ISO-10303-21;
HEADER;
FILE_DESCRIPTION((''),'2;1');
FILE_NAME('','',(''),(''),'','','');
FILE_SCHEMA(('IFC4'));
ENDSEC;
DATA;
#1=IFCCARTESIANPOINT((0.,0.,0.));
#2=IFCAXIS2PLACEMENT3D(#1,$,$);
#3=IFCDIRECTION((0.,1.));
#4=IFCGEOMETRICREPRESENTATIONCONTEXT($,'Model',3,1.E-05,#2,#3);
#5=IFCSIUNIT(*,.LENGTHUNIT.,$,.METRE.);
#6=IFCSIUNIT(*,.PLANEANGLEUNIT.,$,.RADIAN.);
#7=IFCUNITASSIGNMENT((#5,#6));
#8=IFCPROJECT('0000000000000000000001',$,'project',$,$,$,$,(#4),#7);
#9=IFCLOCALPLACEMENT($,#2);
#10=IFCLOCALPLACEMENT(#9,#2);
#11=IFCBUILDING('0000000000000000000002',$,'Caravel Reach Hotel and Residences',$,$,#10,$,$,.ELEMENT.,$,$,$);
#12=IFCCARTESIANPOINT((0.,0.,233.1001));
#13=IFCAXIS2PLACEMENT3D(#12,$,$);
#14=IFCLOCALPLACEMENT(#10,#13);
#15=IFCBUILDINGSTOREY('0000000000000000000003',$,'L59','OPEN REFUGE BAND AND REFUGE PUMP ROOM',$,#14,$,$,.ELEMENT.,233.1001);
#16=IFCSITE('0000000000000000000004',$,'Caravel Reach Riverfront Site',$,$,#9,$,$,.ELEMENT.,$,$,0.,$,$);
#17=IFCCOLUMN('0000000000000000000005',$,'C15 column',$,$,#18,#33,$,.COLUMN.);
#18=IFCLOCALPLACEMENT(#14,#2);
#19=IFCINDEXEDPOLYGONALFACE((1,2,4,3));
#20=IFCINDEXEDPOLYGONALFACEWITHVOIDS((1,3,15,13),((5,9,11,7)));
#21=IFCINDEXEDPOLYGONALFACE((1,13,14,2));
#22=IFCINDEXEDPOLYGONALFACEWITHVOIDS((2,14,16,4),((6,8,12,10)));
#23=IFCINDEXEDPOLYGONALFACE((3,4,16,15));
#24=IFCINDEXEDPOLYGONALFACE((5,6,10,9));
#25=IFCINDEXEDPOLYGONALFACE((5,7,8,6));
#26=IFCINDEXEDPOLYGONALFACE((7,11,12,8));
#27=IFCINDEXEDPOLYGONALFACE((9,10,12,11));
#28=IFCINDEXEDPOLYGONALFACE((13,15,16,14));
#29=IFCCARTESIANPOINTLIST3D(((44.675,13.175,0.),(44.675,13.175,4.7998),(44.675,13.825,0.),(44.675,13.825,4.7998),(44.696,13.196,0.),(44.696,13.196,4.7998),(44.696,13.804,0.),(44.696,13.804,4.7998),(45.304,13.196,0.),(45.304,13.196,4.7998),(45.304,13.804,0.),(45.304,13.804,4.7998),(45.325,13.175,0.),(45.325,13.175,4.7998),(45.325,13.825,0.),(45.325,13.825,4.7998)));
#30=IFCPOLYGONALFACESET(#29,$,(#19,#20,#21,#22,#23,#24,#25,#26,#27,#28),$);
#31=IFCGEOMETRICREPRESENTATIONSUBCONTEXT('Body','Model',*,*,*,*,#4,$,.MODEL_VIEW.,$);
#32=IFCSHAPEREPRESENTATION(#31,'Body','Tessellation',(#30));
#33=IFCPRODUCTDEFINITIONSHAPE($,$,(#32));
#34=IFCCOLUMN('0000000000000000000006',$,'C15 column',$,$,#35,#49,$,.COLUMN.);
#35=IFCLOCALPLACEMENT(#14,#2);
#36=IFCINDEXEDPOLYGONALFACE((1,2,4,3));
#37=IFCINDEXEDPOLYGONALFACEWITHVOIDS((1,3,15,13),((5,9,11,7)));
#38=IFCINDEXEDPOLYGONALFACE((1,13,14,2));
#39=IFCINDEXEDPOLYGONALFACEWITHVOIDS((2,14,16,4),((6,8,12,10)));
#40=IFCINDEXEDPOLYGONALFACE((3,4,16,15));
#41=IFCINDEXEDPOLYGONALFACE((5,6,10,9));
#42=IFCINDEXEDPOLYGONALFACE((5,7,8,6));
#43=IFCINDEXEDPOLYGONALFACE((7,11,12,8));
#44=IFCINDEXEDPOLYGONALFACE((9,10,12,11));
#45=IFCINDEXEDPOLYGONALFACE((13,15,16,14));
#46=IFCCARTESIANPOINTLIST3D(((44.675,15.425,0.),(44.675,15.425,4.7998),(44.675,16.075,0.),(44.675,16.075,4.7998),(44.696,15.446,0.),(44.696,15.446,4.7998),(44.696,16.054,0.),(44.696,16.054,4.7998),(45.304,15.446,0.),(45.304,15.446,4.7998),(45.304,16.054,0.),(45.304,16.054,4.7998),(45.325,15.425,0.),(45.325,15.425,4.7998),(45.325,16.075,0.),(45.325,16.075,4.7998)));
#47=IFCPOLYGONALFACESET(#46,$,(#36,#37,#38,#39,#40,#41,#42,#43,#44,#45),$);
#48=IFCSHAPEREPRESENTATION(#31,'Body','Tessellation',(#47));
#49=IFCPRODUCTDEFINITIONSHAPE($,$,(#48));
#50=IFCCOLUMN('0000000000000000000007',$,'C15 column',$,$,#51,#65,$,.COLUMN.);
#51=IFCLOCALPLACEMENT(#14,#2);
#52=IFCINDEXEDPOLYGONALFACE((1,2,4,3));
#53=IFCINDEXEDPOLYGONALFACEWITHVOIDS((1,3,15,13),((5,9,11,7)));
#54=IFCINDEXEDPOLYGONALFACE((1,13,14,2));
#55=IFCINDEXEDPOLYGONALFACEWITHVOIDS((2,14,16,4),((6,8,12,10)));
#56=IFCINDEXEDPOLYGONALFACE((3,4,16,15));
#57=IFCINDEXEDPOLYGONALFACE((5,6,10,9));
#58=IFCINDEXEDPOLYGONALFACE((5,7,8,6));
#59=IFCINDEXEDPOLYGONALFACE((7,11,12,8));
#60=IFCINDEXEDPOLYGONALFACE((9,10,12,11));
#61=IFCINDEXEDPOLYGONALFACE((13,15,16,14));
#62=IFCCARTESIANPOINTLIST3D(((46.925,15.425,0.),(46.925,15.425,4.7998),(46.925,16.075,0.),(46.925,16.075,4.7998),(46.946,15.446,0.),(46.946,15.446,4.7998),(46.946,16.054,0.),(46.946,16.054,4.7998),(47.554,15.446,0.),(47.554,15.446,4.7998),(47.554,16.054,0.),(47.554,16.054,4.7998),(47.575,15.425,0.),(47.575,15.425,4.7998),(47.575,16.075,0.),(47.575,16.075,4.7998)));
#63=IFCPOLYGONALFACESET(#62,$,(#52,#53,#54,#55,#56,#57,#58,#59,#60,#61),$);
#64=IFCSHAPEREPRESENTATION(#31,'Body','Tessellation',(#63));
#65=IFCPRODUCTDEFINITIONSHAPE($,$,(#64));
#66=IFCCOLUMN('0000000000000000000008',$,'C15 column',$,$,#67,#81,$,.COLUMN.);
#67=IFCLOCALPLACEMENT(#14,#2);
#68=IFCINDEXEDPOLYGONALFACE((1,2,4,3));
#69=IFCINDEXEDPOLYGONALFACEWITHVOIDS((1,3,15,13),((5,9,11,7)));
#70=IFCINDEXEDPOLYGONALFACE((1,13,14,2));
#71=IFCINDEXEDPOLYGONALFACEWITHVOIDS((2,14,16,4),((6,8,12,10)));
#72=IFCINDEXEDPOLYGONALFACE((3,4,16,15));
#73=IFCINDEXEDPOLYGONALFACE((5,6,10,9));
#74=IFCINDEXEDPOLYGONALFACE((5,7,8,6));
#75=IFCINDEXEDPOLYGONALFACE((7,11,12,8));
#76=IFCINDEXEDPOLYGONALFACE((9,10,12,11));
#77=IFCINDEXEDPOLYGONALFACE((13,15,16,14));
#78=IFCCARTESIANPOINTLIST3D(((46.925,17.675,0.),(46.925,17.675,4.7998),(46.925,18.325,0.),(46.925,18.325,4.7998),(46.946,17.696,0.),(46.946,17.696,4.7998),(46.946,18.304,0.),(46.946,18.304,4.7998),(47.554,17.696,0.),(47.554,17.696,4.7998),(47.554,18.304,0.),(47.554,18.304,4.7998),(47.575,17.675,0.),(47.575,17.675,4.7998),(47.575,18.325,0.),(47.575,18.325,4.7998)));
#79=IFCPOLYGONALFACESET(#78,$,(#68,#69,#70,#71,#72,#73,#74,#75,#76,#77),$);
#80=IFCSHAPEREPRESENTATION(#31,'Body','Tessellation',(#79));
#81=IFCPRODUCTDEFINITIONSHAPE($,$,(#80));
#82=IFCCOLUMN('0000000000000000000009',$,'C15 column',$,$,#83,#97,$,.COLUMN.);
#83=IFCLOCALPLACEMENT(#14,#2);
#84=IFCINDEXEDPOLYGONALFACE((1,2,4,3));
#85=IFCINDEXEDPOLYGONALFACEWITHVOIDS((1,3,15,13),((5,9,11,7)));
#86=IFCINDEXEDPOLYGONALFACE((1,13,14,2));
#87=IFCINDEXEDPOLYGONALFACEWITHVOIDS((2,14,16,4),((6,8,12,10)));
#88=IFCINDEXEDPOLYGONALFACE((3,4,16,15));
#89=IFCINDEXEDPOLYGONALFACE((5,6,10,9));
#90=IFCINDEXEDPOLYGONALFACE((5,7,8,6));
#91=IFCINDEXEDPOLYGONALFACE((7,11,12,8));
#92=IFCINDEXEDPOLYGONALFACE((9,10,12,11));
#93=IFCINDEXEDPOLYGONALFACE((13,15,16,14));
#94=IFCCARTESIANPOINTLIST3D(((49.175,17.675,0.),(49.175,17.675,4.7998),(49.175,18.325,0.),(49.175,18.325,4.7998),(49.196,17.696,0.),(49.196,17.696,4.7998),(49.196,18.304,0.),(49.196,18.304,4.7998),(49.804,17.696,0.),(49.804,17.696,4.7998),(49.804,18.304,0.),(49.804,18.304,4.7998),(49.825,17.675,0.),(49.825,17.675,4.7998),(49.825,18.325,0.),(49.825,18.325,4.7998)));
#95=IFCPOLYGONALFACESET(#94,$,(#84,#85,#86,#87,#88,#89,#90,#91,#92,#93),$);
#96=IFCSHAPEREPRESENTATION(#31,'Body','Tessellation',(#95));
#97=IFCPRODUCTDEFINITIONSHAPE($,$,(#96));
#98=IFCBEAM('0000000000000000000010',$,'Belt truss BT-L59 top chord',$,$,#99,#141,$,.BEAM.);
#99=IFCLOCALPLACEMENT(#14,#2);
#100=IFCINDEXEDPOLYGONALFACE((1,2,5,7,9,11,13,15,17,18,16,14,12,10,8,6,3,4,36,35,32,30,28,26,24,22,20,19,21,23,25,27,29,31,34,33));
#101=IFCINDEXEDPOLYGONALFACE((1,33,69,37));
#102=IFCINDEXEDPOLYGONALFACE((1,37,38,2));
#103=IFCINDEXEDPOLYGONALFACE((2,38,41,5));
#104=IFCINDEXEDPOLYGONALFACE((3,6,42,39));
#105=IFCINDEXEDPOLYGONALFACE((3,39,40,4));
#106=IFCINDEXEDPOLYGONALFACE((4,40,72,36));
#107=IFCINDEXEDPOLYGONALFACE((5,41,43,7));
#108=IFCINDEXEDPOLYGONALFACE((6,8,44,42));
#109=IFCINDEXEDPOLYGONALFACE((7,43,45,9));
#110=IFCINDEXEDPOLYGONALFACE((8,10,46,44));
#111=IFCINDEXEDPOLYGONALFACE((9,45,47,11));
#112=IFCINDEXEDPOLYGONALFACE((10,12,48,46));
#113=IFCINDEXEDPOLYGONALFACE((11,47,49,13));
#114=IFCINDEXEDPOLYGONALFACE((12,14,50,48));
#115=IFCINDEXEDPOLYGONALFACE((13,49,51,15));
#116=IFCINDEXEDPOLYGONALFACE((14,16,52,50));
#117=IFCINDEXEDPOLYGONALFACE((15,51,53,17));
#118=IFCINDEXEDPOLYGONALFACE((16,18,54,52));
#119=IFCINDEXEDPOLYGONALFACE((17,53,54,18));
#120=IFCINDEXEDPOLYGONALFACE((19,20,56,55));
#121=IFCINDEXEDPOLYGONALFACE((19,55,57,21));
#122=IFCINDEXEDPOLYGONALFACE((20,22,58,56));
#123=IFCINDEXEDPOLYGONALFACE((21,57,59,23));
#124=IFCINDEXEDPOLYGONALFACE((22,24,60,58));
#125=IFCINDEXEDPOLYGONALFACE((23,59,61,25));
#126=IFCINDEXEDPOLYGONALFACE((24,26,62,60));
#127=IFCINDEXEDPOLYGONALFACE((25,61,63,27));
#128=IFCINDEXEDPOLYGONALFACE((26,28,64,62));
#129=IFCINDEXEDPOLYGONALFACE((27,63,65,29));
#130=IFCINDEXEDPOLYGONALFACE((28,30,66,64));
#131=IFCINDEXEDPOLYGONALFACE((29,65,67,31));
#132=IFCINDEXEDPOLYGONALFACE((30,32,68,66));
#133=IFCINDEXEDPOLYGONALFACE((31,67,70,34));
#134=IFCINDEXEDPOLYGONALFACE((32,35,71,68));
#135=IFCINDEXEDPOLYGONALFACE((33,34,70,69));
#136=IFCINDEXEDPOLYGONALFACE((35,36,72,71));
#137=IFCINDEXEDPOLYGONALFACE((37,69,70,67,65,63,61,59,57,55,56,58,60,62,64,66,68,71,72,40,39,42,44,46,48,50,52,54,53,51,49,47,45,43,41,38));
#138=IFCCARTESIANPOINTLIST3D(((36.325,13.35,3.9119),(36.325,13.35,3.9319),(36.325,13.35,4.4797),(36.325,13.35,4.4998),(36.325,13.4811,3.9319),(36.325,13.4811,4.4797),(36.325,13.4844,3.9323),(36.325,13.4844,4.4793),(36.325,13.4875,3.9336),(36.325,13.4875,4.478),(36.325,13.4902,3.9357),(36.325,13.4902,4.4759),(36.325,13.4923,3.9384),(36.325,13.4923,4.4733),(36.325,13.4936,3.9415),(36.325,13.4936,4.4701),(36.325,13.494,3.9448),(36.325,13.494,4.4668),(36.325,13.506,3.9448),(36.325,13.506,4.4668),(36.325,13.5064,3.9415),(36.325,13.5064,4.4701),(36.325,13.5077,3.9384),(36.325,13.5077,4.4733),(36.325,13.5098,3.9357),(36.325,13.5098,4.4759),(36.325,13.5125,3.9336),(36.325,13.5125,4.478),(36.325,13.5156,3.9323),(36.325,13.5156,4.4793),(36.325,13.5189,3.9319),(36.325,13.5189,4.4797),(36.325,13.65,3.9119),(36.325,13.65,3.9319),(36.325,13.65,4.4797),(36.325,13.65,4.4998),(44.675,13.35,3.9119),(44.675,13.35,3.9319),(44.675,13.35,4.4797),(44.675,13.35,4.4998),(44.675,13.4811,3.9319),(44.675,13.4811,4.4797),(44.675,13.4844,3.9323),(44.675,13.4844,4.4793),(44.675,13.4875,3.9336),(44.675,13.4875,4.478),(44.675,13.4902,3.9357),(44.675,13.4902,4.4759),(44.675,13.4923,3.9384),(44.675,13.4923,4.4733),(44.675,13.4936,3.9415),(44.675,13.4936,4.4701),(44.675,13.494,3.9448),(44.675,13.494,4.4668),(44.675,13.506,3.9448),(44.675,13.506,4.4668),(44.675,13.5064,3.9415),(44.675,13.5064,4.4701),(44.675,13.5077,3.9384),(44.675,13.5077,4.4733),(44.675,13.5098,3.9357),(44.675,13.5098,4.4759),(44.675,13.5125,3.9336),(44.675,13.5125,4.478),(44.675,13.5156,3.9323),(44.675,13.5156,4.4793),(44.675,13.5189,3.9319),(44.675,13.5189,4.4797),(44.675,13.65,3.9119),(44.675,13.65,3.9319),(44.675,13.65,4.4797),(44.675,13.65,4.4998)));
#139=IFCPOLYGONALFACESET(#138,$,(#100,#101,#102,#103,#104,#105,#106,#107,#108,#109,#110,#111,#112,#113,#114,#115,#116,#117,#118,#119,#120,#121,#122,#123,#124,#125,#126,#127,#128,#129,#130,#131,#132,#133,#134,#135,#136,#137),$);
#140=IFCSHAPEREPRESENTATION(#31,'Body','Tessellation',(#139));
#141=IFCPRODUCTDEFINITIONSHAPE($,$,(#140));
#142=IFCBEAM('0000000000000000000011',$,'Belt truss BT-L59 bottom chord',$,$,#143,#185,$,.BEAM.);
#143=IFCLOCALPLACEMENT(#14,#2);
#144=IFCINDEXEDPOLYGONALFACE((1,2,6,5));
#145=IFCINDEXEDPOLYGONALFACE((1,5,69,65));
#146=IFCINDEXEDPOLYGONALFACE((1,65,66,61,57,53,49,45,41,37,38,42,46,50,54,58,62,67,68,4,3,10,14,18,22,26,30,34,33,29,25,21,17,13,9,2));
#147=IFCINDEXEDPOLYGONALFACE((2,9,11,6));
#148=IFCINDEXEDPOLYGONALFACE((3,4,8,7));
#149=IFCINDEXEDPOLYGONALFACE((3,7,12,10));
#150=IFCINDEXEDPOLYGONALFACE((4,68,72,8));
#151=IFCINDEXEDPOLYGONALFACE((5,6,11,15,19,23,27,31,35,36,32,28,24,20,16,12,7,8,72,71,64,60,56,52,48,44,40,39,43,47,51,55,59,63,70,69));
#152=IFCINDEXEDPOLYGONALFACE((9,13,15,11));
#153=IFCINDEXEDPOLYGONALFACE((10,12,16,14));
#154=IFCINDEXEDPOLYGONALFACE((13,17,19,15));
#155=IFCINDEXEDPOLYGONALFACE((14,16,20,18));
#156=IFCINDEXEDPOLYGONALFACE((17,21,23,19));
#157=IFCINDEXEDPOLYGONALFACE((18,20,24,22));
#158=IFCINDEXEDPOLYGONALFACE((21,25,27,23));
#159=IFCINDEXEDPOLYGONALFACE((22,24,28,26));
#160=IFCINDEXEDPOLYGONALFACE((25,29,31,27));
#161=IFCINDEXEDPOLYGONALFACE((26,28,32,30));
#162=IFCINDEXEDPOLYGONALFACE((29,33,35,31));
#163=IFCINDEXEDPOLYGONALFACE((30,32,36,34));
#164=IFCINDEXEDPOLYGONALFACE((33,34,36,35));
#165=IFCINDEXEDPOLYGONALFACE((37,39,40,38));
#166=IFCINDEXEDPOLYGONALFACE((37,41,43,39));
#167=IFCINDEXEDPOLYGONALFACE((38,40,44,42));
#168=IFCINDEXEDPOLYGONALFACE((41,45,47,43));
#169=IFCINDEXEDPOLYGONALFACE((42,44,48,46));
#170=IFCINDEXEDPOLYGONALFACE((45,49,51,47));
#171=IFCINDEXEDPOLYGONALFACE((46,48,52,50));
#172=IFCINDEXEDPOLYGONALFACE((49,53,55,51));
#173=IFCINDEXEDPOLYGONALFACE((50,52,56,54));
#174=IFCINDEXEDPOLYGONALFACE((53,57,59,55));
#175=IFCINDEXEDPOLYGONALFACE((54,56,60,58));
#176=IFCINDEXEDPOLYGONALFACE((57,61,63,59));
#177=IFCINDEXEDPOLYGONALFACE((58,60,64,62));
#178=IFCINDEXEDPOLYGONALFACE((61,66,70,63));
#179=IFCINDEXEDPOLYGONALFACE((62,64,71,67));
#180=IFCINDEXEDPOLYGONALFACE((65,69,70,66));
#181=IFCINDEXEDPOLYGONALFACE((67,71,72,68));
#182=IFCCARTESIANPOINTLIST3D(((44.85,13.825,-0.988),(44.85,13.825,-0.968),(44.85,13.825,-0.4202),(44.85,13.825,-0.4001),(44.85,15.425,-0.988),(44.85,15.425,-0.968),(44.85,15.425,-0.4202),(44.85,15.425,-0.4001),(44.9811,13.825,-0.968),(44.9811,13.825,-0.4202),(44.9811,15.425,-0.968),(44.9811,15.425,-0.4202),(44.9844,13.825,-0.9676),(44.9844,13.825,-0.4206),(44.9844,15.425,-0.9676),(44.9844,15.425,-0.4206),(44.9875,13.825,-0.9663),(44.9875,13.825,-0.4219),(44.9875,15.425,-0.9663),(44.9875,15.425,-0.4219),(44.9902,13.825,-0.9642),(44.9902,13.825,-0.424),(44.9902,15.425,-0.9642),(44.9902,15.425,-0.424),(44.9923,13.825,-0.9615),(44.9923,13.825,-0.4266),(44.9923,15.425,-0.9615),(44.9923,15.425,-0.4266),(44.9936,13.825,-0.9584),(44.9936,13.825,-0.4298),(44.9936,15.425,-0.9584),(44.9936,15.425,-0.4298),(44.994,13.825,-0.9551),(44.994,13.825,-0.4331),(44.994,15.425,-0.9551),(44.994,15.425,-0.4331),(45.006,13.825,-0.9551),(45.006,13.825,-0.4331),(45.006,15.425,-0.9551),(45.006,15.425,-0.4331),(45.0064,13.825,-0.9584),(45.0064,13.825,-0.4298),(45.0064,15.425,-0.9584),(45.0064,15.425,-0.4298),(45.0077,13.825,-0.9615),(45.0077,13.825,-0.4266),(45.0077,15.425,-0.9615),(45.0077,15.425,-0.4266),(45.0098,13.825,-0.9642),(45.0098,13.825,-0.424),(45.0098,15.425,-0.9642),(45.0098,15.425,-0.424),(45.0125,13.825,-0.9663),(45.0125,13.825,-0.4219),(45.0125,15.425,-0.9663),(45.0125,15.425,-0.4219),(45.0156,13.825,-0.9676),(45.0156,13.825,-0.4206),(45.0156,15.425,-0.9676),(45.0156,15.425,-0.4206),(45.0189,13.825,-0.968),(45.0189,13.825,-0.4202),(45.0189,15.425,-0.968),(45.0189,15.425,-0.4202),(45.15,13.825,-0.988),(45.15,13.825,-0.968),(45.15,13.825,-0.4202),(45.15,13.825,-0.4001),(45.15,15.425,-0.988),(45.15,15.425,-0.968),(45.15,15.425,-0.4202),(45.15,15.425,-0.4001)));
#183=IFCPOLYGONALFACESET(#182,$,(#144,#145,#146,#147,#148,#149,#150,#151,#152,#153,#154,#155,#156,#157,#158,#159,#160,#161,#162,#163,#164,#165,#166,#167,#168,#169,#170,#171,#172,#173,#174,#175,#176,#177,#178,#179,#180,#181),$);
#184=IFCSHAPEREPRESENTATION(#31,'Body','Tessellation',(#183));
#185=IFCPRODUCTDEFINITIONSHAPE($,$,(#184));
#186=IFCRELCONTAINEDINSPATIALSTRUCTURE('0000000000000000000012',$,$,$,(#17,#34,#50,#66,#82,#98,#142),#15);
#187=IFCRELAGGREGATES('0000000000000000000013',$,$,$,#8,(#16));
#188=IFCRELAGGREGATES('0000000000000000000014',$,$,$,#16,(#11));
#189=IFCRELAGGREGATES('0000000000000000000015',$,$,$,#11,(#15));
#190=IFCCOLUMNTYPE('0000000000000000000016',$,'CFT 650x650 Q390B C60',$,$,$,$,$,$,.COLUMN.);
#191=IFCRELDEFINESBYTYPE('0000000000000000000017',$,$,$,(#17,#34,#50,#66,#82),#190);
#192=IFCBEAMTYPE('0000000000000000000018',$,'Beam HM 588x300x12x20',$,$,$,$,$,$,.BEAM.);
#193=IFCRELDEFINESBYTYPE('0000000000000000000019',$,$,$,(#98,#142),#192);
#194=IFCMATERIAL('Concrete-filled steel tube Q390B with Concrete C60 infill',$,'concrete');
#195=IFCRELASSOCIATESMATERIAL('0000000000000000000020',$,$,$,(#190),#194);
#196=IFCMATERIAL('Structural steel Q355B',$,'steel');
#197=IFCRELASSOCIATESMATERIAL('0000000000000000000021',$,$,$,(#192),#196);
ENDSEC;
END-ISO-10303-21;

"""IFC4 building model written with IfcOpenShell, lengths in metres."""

from ifc_helpers import new_model, si_unit, direction, frame, origin, origin_2d, place, context, subcontext, project, spatial, hollow_rectangle, i_section, extrude, material, material_profile, profile_set, type_object, element, save


model = new_model("IFC4")

# Units and contexts
model_context = context("Model", 3, precision=1e-05, world=origin(), true_north=direction((0.0, 1.0)))
body_context = subcontext(model_context, "Body", "Model", "MODEL_VIEW")
ifc_project = project(units=[si_unit("LENGTHUNIT", "METRE"), si_unit("PLANEANGLEUNIT", "RADIAN")], contexts=[model_context])

# Site, building, storey
site_placement = place(None, origin())
site = spatial("IfcSite", under=ifc_project, at=site_placement, Name="Caravel Reach Riverfront Site", CompositionType="ELEMENT", RefElevation=0.0)
building_placement = place(site_placement, origin())
building = spatial("IfcBuilding", under=site, at=building_placement, Name="Caravel Reach Hotel and Residences", CompositionType="ELEMENT")
storey_placement = place(building_placement, frame((0.0, 0.0, 233.1001)))
storey = spatial("IfcBuildingStorey", under=building, at=storey_placement, Name="L59", Description="OPEN REFUGE BAND AND REFUGE PUMP ROOM", CompositionType="ELEMENT", Elevation=233.1001)

# Columns
ifc_material_1 = material(Name="Concrete-filled steel tube Q390B with Concrete C60 infill", Category="concrete")
ifc_material_profile_1 = material_profile(ifc_material_1, hollow_rectangle(XDim=0.6499, YDim=0.6499, WallThickness=0.021, at=origin_2d()), Name="RHS 650x650x21")
ifc_profile_set_1 = profile_set([ifc_material_profile_1], Name="Concrete-filled steel tube Q390B with Concrete C60 infill")
column_type = type_object("IfcColumnType", Name="CFT 650x650 Q390B C60", PredefinedType="COLUMN", material=ifc_profile_set_1)
for number, where, z_axis, x_axis, name in (
    (1, (45.0, 13.5, 0.0), (0.0, 0.0, 1.0), (1.0, 0.0, 0.0), "C15 column"),
    (2, (45.0, 15.75, 0.0), (0.0, 0.0, 1.0), (1.0, 0.0, 0.0), "C15 column"),
    (3, (47.25, 15.75, 0.0), (0.0, 0.0, 1.0), (1.0, 0.0, 0.0), "C15 column"),
    (4, (47.25, 18.0, 0.0), (0.0, 0.0, 1.0), (1.0, 0.0, 0.0), "C15 column"),
    (5, (49.5, 18.0, 0.0), (0.0, 0.0, 1.0), (1.0, 0.0, 0.0), "C15 column"),
):
    element("IfcColumn", number, at=place(storey_placement, frame(where, z_axis=z_axis, x_axis=x_axis)), inside=storey, type_object=column_type, Name=name, PredefinedType="COLUMN", context=body_context, shape_type="SweptSolid", body=[
        extrude(hollow_rectangle(XDim=0.6499, YDim=0.6499, WallThickness=0.021, at=origin_2d()), origin(), (0.0, 0.0, 1.0), 4.7998),
    ])

# Beams
ifc_material_2 = material(Name="Structural steel Q355B", Category="steel")
ifc_material_profile_2 = material_profile(ifc_material_2, i_section(OverallWidth=0.3, OverallDepth=0.5879, WebThickness=0.012, FlangeThickness=0.02, FilletRadius=0.0129, at=origin_2d()), Name="HM 588x300x12x20")
ifc_profile_set_2 = profile_set([ifc_material_profile_2], Name="Structural steel Q355B")
beam_type_1 = type_object("IfcBeamType", Name="Beam HM 588x300x12x20", PredefinedType="BEAM", material=ifc_profile_set_2)
beam_1_placement = place(storey_placement, frame((36.325, 13.5, 4.2058), z_axis=(1.0, 0.0, 0.0), x_axis=(0.0, 1.0, 0.0)))
element("IfcBeam", 6, at=beam_1_placement, inside=storey, type_object=beam_type_1, Name="Belt truss BT-L59 top chord", PredefinedType="BEAM", context=body_context, shape_type="SweptSolid", body=[
    extrude(i_section(OverallWidth=0.3, OverallDepth=0.5879, WebThickness=0.012, FlangeThickness=0.02, FilletRadius=0.0129, at=origin_2d()), origin(), (0.0, 0.0, 1.0), 8.3501),
])
for number, where, z_axis, x_axis, name in (
    (7, (45.0, 13.825, -0.6941), (0.0, 1.0, 0.0), (-1.0, 0.0, 0.0), "Belt truss BT-L59 bottom chord"),
):
    element("IfcBeam", number, at=place(storey_placement, frame(where, z_axis=z_axis, x_axis=x_axis)), inside=storey, type_object=beam_type_1, Name=name, PredefinedType="BEAM", context=body_context, shape_type="SweptSolid", body=[
        extrude(i_section(OverallWidth=0.3, OverallDepth=0.5879, WebThickness=0.012, FlangeThickness=0.02, FilletRadius=0.0129, at=origin_2d()), origin(), (0.0, 0.0, 1.0), 1.6001),
    ])

save(model, "model.ifc")
